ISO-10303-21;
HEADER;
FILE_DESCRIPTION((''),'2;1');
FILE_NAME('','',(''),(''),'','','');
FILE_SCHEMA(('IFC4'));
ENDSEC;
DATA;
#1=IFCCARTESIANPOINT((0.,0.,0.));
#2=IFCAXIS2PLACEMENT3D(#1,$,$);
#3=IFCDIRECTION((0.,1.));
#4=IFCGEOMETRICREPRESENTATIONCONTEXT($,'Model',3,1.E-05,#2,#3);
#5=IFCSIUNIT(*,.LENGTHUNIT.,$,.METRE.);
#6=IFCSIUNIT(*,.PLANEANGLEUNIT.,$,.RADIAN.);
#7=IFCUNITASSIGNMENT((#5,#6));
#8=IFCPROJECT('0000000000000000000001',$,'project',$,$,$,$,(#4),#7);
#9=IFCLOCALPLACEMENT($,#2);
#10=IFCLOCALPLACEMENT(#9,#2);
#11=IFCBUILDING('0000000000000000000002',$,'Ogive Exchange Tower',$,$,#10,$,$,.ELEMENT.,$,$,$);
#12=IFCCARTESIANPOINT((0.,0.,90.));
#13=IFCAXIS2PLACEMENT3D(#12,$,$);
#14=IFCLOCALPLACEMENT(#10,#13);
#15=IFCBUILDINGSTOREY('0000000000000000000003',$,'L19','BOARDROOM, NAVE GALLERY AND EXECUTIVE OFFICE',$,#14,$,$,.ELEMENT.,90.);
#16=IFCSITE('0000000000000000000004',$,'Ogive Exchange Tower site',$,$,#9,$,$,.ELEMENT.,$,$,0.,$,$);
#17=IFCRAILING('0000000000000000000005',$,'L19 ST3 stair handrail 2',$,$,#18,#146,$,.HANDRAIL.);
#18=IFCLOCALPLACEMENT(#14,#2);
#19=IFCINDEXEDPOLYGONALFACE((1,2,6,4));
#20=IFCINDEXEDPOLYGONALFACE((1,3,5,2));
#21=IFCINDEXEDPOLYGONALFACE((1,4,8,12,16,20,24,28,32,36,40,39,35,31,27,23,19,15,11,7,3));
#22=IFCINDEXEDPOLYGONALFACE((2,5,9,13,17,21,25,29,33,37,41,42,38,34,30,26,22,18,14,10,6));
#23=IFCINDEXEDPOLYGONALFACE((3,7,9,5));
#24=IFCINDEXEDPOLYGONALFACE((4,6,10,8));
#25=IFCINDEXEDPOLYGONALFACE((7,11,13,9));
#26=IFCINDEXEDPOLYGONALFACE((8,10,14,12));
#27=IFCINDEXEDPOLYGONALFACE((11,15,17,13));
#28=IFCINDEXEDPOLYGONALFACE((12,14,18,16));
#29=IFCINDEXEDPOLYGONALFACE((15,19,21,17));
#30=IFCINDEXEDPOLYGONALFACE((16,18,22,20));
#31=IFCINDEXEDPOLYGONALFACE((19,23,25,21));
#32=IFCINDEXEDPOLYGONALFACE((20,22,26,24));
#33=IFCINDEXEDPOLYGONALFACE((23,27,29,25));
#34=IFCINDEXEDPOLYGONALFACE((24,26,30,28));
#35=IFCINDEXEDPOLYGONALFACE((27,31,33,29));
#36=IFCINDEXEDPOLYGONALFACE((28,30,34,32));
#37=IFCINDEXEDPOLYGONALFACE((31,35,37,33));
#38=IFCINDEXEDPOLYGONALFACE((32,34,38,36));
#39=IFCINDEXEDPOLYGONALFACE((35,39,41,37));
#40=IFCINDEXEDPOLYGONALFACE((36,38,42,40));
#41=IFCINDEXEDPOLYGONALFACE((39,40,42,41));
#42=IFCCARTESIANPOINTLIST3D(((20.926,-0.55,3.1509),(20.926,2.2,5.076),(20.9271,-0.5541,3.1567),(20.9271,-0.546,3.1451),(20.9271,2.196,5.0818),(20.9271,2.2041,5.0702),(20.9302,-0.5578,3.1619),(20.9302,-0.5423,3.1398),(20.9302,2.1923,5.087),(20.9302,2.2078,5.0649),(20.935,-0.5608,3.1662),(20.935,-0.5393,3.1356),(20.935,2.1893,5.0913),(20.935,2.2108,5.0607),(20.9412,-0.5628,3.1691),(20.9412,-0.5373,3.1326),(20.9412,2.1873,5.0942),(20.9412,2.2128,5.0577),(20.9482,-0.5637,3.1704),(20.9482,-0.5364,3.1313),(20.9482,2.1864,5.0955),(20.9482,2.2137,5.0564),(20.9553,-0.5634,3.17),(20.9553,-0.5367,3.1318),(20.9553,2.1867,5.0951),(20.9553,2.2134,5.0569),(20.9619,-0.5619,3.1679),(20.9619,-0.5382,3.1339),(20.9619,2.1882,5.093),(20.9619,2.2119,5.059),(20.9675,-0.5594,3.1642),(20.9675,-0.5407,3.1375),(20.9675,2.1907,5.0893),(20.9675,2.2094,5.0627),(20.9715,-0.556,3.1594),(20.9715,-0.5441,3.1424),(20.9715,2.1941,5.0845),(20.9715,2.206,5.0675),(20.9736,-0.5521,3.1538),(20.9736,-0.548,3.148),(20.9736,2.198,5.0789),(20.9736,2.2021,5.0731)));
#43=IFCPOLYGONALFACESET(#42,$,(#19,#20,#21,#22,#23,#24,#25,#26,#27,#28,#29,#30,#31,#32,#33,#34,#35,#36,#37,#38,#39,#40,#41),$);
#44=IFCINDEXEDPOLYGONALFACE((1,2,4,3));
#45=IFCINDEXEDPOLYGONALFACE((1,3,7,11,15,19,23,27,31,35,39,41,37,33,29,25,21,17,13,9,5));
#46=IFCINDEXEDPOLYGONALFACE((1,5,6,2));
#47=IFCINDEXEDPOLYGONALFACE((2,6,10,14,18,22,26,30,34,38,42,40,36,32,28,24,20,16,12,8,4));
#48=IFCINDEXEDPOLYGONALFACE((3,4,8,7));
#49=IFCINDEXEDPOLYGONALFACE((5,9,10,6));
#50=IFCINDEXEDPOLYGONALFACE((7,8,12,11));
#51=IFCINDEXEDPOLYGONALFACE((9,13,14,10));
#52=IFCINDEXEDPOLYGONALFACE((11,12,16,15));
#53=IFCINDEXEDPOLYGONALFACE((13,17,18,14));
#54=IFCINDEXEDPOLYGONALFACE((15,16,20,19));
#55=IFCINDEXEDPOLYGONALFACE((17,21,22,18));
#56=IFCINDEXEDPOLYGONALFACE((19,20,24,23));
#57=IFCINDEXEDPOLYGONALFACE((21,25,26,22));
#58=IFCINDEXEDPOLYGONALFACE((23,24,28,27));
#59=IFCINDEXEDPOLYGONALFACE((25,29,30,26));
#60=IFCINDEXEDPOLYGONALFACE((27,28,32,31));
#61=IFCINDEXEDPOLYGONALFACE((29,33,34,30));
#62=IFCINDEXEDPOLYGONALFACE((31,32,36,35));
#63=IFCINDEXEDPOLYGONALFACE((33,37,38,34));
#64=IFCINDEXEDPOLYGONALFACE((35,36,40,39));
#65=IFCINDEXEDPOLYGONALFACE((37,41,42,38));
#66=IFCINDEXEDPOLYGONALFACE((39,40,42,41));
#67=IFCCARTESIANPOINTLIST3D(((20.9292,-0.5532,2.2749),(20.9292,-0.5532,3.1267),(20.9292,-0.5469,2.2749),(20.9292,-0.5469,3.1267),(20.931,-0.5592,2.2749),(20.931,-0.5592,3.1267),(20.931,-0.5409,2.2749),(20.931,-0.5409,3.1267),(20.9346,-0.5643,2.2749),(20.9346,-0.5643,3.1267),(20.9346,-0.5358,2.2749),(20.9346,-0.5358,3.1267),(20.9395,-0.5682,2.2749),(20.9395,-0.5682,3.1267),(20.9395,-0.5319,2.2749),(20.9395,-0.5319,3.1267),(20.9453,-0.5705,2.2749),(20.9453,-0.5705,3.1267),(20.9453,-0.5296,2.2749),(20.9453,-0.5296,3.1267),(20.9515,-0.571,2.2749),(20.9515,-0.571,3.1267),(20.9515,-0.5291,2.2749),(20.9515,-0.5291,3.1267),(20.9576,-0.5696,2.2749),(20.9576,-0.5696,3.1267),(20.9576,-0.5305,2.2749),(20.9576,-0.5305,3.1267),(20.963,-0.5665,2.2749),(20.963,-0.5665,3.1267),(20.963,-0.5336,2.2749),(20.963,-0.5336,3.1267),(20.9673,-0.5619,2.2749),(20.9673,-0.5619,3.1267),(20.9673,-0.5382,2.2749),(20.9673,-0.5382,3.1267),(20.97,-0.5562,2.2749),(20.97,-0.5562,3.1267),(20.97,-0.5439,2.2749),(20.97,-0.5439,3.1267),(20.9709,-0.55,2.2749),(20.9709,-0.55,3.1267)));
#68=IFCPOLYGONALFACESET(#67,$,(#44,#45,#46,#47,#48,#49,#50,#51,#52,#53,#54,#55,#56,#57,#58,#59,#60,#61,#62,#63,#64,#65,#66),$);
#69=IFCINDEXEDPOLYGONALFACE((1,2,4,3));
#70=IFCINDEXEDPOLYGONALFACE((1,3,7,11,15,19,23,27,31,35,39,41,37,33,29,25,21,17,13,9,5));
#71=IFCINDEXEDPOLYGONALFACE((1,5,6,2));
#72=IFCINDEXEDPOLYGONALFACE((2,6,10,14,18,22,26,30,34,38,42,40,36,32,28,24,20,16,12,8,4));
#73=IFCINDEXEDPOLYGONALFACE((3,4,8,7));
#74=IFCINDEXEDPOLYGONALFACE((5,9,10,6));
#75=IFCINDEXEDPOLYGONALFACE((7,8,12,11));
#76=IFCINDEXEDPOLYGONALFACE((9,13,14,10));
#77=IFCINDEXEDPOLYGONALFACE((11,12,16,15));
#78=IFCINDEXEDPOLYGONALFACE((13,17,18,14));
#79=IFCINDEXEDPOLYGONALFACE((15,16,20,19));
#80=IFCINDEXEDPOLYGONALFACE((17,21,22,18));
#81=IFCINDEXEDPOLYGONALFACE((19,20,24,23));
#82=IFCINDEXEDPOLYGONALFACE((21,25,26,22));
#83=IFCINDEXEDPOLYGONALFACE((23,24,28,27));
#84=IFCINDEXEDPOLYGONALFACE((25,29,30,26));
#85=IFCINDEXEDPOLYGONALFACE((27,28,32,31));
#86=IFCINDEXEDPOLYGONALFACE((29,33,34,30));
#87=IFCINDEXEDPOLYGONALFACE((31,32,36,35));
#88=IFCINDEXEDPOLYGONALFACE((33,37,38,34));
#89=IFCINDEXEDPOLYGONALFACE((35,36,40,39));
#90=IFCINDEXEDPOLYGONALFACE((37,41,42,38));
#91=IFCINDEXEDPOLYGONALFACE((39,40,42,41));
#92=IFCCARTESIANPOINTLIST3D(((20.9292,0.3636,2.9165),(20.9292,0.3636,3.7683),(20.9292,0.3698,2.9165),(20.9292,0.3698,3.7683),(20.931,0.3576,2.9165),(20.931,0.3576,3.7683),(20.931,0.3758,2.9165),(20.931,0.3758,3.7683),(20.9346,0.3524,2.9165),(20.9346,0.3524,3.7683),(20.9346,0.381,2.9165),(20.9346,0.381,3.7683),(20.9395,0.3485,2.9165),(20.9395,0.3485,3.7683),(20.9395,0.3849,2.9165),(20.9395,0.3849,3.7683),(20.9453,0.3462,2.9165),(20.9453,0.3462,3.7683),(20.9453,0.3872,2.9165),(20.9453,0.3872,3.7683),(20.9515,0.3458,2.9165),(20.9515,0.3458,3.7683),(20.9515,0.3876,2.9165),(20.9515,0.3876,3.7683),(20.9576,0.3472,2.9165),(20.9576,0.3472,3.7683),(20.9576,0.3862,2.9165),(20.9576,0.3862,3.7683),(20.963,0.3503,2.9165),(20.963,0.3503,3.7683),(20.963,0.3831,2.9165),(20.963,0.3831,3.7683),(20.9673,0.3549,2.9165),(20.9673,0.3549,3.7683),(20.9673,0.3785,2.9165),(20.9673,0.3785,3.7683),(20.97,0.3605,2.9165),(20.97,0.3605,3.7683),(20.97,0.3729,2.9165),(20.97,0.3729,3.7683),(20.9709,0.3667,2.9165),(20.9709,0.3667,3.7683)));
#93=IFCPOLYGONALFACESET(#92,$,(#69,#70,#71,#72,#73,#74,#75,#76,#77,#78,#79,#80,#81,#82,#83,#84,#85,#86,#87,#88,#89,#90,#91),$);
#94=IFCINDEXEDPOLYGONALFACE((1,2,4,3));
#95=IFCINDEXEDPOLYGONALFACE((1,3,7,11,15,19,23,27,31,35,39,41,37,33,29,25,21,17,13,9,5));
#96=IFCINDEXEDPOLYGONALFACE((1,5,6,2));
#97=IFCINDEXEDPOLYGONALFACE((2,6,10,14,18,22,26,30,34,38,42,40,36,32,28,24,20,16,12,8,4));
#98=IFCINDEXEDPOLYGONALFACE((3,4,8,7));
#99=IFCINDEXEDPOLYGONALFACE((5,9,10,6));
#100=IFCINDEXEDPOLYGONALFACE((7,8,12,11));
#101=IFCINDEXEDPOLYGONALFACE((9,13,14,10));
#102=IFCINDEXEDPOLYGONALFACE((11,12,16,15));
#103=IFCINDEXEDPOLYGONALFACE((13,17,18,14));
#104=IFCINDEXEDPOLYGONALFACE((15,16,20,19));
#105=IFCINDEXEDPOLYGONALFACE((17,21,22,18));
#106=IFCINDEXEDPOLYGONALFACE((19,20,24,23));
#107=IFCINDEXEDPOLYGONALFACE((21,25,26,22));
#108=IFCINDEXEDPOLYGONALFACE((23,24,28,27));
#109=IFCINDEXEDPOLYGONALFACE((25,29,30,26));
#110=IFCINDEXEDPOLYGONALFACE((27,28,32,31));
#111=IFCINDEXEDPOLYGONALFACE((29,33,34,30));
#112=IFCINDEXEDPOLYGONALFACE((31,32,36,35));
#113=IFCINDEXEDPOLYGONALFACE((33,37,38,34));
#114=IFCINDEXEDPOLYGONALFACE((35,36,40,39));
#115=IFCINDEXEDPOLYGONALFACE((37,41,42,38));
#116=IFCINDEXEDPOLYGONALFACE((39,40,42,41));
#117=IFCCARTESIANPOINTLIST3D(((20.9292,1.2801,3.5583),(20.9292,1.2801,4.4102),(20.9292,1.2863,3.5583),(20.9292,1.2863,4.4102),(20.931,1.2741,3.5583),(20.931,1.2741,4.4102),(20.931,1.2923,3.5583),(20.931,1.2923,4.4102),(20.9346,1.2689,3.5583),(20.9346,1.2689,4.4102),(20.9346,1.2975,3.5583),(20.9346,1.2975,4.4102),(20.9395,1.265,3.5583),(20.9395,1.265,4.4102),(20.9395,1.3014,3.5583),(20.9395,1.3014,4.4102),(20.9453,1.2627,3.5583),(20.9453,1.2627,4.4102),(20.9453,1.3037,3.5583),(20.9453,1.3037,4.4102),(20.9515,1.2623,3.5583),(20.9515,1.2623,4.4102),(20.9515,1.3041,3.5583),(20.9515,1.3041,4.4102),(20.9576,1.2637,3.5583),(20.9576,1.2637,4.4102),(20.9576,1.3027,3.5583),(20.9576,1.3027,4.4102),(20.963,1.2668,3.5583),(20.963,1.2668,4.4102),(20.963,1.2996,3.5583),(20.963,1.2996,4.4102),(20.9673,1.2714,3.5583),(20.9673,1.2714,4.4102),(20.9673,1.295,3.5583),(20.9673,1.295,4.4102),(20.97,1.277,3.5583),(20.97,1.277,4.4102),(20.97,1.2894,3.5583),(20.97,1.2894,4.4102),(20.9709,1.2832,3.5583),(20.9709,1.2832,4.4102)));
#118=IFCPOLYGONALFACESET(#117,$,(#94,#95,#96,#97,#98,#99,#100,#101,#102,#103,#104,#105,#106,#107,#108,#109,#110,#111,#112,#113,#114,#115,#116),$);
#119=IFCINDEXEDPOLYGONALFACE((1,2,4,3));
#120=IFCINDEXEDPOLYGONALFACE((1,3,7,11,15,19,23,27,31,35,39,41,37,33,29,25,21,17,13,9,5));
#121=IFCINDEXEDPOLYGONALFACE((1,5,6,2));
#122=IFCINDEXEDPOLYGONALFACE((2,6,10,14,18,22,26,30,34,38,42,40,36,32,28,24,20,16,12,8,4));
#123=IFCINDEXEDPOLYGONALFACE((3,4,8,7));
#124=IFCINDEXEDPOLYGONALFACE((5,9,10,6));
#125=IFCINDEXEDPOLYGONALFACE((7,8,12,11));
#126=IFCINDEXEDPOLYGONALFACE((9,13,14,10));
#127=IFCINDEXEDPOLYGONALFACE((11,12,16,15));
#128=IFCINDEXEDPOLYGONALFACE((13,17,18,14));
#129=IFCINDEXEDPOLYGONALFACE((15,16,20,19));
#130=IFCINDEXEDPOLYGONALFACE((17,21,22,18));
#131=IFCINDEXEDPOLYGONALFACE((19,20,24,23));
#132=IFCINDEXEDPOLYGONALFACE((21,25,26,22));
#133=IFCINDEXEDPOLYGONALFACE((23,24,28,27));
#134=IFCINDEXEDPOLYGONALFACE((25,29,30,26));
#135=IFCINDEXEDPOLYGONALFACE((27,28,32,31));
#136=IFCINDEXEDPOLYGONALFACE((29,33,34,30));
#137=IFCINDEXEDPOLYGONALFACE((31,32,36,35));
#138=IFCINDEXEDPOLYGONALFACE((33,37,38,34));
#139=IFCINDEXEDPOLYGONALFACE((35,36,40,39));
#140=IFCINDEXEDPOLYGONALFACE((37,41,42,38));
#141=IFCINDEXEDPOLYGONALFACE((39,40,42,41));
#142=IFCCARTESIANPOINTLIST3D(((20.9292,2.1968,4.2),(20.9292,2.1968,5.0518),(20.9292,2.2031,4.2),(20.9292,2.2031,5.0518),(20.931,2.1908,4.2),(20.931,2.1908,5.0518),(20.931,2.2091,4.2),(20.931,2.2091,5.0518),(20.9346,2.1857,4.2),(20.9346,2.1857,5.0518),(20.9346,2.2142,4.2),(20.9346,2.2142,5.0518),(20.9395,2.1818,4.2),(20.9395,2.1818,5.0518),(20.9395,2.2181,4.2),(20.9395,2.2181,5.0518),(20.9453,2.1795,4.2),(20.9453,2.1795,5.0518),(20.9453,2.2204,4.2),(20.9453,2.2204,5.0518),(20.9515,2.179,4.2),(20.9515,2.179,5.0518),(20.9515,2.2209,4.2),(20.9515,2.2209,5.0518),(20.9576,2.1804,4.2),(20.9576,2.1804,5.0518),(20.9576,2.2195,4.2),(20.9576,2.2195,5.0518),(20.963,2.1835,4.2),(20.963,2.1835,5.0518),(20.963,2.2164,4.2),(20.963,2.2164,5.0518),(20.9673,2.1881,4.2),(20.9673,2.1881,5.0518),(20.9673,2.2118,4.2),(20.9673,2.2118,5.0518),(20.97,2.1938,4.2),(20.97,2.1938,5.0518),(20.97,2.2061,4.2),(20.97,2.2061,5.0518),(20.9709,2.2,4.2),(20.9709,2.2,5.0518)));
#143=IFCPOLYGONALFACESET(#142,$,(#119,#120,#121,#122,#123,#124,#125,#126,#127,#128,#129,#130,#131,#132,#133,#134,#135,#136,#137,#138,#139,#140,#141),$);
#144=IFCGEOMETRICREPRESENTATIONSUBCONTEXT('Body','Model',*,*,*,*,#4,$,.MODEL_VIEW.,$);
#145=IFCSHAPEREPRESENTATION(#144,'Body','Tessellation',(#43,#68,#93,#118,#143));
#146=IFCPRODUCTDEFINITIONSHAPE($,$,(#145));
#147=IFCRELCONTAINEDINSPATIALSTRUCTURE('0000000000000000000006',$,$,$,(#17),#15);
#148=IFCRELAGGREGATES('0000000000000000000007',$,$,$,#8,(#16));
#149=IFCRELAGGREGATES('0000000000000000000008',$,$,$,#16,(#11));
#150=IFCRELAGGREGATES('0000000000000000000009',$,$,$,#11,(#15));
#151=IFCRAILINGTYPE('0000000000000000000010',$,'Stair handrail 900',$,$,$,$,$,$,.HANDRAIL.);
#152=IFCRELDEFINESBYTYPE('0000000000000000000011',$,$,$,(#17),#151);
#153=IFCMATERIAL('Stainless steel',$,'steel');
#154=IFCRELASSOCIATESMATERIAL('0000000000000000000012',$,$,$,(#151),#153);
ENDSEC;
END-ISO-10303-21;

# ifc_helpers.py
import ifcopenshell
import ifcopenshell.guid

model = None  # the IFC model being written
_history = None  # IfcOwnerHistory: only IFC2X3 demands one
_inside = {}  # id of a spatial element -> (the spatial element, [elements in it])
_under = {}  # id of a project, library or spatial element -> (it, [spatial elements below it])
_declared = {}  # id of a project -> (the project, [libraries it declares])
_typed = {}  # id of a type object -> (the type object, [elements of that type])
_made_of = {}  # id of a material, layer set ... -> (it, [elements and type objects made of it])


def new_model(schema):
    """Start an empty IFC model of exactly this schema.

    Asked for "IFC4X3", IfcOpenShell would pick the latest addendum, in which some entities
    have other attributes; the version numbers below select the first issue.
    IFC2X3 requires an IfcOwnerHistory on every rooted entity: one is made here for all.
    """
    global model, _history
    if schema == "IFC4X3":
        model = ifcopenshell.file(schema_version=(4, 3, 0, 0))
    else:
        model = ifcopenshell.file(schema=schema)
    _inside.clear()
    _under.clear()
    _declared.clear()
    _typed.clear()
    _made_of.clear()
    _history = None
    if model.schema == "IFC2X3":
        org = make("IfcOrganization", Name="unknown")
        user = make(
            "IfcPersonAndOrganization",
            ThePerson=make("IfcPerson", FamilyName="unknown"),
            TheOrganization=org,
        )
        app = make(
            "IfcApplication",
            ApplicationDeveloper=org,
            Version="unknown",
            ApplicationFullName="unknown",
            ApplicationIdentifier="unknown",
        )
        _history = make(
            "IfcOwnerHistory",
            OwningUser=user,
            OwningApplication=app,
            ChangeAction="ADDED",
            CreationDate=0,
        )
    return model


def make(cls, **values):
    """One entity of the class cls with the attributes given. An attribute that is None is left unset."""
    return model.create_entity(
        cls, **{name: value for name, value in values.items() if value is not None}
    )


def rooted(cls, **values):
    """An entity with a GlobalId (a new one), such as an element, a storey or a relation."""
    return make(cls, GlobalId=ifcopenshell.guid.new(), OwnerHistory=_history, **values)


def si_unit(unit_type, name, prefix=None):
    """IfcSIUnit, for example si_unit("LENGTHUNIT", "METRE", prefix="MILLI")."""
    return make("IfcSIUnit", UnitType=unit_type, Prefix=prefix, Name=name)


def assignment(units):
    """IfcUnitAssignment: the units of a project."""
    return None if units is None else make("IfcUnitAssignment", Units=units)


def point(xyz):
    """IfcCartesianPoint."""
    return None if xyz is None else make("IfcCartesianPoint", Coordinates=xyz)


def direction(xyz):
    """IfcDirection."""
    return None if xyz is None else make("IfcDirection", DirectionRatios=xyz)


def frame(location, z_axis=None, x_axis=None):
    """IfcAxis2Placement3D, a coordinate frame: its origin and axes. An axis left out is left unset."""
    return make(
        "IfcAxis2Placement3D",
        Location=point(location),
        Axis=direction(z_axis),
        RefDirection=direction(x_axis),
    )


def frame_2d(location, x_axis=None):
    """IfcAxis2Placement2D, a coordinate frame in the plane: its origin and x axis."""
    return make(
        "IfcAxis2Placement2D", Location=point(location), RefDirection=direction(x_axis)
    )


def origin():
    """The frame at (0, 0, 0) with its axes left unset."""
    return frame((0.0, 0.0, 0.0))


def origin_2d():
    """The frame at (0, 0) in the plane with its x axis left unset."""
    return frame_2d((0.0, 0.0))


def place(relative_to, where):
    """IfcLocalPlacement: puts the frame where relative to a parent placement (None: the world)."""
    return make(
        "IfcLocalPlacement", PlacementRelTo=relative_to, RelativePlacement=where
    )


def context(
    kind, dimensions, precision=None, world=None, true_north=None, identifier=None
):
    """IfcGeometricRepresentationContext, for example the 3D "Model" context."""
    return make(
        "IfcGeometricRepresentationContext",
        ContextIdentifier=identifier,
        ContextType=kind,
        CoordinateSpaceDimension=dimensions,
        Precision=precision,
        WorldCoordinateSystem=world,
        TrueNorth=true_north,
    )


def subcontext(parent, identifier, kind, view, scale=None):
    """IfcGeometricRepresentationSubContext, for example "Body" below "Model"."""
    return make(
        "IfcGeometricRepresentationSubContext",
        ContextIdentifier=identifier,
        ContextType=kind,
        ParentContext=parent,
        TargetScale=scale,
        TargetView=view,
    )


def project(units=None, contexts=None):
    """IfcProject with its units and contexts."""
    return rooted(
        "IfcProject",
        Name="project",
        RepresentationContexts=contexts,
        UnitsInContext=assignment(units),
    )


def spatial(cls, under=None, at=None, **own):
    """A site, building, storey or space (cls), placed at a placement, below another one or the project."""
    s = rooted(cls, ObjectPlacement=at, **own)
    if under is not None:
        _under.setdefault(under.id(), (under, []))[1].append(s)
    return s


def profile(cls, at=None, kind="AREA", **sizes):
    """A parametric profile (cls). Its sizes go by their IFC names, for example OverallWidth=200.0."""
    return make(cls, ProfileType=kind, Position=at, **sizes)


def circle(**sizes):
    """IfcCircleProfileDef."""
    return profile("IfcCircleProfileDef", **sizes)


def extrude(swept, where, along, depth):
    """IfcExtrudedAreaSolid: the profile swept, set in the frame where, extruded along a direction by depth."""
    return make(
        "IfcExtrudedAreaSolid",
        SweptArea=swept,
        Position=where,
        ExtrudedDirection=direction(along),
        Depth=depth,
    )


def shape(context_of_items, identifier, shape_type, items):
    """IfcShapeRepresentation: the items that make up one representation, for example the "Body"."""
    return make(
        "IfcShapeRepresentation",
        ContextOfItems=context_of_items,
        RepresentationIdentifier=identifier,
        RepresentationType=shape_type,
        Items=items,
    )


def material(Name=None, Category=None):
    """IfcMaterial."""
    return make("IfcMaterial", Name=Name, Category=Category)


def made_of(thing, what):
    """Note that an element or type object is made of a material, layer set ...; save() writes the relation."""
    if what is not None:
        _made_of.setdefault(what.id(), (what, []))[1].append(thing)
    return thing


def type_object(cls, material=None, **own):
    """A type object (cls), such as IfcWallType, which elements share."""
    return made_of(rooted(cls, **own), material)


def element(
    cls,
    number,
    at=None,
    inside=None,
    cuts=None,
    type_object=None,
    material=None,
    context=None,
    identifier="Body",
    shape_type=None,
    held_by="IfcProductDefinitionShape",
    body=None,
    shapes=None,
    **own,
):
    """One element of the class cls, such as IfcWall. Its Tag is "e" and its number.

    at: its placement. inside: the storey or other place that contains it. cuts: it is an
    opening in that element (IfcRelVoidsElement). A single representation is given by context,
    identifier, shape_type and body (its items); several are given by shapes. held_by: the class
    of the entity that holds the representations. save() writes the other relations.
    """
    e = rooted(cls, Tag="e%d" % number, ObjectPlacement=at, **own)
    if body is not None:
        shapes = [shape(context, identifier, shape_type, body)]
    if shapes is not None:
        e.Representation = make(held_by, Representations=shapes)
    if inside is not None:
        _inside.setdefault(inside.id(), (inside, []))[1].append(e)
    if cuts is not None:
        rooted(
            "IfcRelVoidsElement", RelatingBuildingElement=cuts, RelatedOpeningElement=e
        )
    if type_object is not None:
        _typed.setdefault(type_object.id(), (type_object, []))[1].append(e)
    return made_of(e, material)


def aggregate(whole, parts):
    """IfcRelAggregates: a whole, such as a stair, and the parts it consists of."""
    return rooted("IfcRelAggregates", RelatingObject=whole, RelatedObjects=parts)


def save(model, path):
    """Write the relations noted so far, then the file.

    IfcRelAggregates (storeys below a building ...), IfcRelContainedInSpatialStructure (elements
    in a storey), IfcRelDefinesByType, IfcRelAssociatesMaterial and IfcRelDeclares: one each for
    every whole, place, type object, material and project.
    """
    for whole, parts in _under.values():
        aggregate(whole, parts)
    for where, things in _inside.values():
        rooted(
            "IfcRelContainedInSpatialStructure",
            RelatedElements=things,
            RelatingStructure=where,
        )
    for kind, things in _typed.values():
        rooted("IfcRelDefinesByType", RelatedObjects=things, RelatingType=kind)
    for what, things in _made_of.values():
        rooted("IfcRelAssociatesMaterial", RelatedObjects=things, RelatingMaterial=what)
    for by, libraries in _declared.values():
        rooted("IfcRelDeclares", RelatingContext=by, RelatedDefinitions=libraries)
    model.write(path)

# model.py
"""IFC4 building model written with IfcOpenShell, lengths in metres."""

from ifc_helpers import new_model, si_unit, direction, frame, origin, origin_2d, place, context, subcontext, project, spatial, circle, extrude, material, type_object, element, save


model = new_model("IFC4")

# Units and contexts
model_context = context("Model", 3, precision=1e-05, world=origin(), true_north=direction((0.0, 1.0)))
body_context = subcontext(model_context, "Body", "Model", "MODEL_VIEW")
ifc_project = project(units=[si_unit("LENGTHUNIT", "METRE"), si_unit("PLANEANGLEUNIT", "RADIAN")], contexts=[model_context])

# Site, building, storey
site_placement = place(None, origin())
site = spatial("IfcSite", under=ifc_project, at=site_placement, Name="Ogive Exchange Tower site", CompositionType="ELEMENT", RefElevation=0.0)
building_placement = place(site_placement, origin())
building = spatial("IfcBuilding", under=site, at=building_placement, Name="Ogive Exchange Tower", CompositionType="ELEMENT")
storey_placement = place(building_placement, frame((0.0, 0.0, 90.0)))
storey = spatial("IfcBuildingStorey", under=building, at=storey_placement, Name="L19", Description="BOARDROOM, NAVE GALLERY AND EXECUTIVE OFFICE", CompositionType="ELEMENT", Elevation=90.0)

# Shared definitions
ifc_material_1 = material(Name="Stainless steel", Category="steel")

# Railing
railing_type = type_object("IfcRailingType", Name="Stair handrail 900", PredefinedType="HANDRAIL", material=ifc_material_1)
railing_1_placement = place(storey_placement, frame((20.95, -0.55, 2.2749)))
element("IfcRailing", 1, at=railing_1_placement, inside=storey, type_object=railing_type, Name="L19 ST3 stair handrail 2", PredefinedType="HANDRAIL", context=body_context, shape_type="SweptSolid", body=[
    extrude(circle(Radius=0.0239, at=origin_2d()), frame((0.0, 0.0, 0.876), z_axis=(0.0, 0.819225, 0.573472), x_axis=(-1.0, 0.0, 0.0)), (0.0, 0.0, 1.0), 3.3569),
    extrude(circle(Radius=0.021, at=origin_2d()), origin(), (0.0, 0.0, 1.0), 0.8518),
    extrude(circle(Radius=0.021, at=origin_2d()), frame((0.0, 0.9167, 0.6416)), (0.0, 0.0, 1.0), 0.8518),
    extrude(circle(Radius=0.021, at=origin_2d()), frame((0.0, 1.8333, 1.2834)), (0.0, 0.0, 1.0), 0.8518),
    extrude(circle(Radius=0.021, at=origin_2d()), frame((0.0, 2.75, 1.925)), (0.0, 0.0, 1.0), 0.8518),
])

save(model, "model.ifc")
